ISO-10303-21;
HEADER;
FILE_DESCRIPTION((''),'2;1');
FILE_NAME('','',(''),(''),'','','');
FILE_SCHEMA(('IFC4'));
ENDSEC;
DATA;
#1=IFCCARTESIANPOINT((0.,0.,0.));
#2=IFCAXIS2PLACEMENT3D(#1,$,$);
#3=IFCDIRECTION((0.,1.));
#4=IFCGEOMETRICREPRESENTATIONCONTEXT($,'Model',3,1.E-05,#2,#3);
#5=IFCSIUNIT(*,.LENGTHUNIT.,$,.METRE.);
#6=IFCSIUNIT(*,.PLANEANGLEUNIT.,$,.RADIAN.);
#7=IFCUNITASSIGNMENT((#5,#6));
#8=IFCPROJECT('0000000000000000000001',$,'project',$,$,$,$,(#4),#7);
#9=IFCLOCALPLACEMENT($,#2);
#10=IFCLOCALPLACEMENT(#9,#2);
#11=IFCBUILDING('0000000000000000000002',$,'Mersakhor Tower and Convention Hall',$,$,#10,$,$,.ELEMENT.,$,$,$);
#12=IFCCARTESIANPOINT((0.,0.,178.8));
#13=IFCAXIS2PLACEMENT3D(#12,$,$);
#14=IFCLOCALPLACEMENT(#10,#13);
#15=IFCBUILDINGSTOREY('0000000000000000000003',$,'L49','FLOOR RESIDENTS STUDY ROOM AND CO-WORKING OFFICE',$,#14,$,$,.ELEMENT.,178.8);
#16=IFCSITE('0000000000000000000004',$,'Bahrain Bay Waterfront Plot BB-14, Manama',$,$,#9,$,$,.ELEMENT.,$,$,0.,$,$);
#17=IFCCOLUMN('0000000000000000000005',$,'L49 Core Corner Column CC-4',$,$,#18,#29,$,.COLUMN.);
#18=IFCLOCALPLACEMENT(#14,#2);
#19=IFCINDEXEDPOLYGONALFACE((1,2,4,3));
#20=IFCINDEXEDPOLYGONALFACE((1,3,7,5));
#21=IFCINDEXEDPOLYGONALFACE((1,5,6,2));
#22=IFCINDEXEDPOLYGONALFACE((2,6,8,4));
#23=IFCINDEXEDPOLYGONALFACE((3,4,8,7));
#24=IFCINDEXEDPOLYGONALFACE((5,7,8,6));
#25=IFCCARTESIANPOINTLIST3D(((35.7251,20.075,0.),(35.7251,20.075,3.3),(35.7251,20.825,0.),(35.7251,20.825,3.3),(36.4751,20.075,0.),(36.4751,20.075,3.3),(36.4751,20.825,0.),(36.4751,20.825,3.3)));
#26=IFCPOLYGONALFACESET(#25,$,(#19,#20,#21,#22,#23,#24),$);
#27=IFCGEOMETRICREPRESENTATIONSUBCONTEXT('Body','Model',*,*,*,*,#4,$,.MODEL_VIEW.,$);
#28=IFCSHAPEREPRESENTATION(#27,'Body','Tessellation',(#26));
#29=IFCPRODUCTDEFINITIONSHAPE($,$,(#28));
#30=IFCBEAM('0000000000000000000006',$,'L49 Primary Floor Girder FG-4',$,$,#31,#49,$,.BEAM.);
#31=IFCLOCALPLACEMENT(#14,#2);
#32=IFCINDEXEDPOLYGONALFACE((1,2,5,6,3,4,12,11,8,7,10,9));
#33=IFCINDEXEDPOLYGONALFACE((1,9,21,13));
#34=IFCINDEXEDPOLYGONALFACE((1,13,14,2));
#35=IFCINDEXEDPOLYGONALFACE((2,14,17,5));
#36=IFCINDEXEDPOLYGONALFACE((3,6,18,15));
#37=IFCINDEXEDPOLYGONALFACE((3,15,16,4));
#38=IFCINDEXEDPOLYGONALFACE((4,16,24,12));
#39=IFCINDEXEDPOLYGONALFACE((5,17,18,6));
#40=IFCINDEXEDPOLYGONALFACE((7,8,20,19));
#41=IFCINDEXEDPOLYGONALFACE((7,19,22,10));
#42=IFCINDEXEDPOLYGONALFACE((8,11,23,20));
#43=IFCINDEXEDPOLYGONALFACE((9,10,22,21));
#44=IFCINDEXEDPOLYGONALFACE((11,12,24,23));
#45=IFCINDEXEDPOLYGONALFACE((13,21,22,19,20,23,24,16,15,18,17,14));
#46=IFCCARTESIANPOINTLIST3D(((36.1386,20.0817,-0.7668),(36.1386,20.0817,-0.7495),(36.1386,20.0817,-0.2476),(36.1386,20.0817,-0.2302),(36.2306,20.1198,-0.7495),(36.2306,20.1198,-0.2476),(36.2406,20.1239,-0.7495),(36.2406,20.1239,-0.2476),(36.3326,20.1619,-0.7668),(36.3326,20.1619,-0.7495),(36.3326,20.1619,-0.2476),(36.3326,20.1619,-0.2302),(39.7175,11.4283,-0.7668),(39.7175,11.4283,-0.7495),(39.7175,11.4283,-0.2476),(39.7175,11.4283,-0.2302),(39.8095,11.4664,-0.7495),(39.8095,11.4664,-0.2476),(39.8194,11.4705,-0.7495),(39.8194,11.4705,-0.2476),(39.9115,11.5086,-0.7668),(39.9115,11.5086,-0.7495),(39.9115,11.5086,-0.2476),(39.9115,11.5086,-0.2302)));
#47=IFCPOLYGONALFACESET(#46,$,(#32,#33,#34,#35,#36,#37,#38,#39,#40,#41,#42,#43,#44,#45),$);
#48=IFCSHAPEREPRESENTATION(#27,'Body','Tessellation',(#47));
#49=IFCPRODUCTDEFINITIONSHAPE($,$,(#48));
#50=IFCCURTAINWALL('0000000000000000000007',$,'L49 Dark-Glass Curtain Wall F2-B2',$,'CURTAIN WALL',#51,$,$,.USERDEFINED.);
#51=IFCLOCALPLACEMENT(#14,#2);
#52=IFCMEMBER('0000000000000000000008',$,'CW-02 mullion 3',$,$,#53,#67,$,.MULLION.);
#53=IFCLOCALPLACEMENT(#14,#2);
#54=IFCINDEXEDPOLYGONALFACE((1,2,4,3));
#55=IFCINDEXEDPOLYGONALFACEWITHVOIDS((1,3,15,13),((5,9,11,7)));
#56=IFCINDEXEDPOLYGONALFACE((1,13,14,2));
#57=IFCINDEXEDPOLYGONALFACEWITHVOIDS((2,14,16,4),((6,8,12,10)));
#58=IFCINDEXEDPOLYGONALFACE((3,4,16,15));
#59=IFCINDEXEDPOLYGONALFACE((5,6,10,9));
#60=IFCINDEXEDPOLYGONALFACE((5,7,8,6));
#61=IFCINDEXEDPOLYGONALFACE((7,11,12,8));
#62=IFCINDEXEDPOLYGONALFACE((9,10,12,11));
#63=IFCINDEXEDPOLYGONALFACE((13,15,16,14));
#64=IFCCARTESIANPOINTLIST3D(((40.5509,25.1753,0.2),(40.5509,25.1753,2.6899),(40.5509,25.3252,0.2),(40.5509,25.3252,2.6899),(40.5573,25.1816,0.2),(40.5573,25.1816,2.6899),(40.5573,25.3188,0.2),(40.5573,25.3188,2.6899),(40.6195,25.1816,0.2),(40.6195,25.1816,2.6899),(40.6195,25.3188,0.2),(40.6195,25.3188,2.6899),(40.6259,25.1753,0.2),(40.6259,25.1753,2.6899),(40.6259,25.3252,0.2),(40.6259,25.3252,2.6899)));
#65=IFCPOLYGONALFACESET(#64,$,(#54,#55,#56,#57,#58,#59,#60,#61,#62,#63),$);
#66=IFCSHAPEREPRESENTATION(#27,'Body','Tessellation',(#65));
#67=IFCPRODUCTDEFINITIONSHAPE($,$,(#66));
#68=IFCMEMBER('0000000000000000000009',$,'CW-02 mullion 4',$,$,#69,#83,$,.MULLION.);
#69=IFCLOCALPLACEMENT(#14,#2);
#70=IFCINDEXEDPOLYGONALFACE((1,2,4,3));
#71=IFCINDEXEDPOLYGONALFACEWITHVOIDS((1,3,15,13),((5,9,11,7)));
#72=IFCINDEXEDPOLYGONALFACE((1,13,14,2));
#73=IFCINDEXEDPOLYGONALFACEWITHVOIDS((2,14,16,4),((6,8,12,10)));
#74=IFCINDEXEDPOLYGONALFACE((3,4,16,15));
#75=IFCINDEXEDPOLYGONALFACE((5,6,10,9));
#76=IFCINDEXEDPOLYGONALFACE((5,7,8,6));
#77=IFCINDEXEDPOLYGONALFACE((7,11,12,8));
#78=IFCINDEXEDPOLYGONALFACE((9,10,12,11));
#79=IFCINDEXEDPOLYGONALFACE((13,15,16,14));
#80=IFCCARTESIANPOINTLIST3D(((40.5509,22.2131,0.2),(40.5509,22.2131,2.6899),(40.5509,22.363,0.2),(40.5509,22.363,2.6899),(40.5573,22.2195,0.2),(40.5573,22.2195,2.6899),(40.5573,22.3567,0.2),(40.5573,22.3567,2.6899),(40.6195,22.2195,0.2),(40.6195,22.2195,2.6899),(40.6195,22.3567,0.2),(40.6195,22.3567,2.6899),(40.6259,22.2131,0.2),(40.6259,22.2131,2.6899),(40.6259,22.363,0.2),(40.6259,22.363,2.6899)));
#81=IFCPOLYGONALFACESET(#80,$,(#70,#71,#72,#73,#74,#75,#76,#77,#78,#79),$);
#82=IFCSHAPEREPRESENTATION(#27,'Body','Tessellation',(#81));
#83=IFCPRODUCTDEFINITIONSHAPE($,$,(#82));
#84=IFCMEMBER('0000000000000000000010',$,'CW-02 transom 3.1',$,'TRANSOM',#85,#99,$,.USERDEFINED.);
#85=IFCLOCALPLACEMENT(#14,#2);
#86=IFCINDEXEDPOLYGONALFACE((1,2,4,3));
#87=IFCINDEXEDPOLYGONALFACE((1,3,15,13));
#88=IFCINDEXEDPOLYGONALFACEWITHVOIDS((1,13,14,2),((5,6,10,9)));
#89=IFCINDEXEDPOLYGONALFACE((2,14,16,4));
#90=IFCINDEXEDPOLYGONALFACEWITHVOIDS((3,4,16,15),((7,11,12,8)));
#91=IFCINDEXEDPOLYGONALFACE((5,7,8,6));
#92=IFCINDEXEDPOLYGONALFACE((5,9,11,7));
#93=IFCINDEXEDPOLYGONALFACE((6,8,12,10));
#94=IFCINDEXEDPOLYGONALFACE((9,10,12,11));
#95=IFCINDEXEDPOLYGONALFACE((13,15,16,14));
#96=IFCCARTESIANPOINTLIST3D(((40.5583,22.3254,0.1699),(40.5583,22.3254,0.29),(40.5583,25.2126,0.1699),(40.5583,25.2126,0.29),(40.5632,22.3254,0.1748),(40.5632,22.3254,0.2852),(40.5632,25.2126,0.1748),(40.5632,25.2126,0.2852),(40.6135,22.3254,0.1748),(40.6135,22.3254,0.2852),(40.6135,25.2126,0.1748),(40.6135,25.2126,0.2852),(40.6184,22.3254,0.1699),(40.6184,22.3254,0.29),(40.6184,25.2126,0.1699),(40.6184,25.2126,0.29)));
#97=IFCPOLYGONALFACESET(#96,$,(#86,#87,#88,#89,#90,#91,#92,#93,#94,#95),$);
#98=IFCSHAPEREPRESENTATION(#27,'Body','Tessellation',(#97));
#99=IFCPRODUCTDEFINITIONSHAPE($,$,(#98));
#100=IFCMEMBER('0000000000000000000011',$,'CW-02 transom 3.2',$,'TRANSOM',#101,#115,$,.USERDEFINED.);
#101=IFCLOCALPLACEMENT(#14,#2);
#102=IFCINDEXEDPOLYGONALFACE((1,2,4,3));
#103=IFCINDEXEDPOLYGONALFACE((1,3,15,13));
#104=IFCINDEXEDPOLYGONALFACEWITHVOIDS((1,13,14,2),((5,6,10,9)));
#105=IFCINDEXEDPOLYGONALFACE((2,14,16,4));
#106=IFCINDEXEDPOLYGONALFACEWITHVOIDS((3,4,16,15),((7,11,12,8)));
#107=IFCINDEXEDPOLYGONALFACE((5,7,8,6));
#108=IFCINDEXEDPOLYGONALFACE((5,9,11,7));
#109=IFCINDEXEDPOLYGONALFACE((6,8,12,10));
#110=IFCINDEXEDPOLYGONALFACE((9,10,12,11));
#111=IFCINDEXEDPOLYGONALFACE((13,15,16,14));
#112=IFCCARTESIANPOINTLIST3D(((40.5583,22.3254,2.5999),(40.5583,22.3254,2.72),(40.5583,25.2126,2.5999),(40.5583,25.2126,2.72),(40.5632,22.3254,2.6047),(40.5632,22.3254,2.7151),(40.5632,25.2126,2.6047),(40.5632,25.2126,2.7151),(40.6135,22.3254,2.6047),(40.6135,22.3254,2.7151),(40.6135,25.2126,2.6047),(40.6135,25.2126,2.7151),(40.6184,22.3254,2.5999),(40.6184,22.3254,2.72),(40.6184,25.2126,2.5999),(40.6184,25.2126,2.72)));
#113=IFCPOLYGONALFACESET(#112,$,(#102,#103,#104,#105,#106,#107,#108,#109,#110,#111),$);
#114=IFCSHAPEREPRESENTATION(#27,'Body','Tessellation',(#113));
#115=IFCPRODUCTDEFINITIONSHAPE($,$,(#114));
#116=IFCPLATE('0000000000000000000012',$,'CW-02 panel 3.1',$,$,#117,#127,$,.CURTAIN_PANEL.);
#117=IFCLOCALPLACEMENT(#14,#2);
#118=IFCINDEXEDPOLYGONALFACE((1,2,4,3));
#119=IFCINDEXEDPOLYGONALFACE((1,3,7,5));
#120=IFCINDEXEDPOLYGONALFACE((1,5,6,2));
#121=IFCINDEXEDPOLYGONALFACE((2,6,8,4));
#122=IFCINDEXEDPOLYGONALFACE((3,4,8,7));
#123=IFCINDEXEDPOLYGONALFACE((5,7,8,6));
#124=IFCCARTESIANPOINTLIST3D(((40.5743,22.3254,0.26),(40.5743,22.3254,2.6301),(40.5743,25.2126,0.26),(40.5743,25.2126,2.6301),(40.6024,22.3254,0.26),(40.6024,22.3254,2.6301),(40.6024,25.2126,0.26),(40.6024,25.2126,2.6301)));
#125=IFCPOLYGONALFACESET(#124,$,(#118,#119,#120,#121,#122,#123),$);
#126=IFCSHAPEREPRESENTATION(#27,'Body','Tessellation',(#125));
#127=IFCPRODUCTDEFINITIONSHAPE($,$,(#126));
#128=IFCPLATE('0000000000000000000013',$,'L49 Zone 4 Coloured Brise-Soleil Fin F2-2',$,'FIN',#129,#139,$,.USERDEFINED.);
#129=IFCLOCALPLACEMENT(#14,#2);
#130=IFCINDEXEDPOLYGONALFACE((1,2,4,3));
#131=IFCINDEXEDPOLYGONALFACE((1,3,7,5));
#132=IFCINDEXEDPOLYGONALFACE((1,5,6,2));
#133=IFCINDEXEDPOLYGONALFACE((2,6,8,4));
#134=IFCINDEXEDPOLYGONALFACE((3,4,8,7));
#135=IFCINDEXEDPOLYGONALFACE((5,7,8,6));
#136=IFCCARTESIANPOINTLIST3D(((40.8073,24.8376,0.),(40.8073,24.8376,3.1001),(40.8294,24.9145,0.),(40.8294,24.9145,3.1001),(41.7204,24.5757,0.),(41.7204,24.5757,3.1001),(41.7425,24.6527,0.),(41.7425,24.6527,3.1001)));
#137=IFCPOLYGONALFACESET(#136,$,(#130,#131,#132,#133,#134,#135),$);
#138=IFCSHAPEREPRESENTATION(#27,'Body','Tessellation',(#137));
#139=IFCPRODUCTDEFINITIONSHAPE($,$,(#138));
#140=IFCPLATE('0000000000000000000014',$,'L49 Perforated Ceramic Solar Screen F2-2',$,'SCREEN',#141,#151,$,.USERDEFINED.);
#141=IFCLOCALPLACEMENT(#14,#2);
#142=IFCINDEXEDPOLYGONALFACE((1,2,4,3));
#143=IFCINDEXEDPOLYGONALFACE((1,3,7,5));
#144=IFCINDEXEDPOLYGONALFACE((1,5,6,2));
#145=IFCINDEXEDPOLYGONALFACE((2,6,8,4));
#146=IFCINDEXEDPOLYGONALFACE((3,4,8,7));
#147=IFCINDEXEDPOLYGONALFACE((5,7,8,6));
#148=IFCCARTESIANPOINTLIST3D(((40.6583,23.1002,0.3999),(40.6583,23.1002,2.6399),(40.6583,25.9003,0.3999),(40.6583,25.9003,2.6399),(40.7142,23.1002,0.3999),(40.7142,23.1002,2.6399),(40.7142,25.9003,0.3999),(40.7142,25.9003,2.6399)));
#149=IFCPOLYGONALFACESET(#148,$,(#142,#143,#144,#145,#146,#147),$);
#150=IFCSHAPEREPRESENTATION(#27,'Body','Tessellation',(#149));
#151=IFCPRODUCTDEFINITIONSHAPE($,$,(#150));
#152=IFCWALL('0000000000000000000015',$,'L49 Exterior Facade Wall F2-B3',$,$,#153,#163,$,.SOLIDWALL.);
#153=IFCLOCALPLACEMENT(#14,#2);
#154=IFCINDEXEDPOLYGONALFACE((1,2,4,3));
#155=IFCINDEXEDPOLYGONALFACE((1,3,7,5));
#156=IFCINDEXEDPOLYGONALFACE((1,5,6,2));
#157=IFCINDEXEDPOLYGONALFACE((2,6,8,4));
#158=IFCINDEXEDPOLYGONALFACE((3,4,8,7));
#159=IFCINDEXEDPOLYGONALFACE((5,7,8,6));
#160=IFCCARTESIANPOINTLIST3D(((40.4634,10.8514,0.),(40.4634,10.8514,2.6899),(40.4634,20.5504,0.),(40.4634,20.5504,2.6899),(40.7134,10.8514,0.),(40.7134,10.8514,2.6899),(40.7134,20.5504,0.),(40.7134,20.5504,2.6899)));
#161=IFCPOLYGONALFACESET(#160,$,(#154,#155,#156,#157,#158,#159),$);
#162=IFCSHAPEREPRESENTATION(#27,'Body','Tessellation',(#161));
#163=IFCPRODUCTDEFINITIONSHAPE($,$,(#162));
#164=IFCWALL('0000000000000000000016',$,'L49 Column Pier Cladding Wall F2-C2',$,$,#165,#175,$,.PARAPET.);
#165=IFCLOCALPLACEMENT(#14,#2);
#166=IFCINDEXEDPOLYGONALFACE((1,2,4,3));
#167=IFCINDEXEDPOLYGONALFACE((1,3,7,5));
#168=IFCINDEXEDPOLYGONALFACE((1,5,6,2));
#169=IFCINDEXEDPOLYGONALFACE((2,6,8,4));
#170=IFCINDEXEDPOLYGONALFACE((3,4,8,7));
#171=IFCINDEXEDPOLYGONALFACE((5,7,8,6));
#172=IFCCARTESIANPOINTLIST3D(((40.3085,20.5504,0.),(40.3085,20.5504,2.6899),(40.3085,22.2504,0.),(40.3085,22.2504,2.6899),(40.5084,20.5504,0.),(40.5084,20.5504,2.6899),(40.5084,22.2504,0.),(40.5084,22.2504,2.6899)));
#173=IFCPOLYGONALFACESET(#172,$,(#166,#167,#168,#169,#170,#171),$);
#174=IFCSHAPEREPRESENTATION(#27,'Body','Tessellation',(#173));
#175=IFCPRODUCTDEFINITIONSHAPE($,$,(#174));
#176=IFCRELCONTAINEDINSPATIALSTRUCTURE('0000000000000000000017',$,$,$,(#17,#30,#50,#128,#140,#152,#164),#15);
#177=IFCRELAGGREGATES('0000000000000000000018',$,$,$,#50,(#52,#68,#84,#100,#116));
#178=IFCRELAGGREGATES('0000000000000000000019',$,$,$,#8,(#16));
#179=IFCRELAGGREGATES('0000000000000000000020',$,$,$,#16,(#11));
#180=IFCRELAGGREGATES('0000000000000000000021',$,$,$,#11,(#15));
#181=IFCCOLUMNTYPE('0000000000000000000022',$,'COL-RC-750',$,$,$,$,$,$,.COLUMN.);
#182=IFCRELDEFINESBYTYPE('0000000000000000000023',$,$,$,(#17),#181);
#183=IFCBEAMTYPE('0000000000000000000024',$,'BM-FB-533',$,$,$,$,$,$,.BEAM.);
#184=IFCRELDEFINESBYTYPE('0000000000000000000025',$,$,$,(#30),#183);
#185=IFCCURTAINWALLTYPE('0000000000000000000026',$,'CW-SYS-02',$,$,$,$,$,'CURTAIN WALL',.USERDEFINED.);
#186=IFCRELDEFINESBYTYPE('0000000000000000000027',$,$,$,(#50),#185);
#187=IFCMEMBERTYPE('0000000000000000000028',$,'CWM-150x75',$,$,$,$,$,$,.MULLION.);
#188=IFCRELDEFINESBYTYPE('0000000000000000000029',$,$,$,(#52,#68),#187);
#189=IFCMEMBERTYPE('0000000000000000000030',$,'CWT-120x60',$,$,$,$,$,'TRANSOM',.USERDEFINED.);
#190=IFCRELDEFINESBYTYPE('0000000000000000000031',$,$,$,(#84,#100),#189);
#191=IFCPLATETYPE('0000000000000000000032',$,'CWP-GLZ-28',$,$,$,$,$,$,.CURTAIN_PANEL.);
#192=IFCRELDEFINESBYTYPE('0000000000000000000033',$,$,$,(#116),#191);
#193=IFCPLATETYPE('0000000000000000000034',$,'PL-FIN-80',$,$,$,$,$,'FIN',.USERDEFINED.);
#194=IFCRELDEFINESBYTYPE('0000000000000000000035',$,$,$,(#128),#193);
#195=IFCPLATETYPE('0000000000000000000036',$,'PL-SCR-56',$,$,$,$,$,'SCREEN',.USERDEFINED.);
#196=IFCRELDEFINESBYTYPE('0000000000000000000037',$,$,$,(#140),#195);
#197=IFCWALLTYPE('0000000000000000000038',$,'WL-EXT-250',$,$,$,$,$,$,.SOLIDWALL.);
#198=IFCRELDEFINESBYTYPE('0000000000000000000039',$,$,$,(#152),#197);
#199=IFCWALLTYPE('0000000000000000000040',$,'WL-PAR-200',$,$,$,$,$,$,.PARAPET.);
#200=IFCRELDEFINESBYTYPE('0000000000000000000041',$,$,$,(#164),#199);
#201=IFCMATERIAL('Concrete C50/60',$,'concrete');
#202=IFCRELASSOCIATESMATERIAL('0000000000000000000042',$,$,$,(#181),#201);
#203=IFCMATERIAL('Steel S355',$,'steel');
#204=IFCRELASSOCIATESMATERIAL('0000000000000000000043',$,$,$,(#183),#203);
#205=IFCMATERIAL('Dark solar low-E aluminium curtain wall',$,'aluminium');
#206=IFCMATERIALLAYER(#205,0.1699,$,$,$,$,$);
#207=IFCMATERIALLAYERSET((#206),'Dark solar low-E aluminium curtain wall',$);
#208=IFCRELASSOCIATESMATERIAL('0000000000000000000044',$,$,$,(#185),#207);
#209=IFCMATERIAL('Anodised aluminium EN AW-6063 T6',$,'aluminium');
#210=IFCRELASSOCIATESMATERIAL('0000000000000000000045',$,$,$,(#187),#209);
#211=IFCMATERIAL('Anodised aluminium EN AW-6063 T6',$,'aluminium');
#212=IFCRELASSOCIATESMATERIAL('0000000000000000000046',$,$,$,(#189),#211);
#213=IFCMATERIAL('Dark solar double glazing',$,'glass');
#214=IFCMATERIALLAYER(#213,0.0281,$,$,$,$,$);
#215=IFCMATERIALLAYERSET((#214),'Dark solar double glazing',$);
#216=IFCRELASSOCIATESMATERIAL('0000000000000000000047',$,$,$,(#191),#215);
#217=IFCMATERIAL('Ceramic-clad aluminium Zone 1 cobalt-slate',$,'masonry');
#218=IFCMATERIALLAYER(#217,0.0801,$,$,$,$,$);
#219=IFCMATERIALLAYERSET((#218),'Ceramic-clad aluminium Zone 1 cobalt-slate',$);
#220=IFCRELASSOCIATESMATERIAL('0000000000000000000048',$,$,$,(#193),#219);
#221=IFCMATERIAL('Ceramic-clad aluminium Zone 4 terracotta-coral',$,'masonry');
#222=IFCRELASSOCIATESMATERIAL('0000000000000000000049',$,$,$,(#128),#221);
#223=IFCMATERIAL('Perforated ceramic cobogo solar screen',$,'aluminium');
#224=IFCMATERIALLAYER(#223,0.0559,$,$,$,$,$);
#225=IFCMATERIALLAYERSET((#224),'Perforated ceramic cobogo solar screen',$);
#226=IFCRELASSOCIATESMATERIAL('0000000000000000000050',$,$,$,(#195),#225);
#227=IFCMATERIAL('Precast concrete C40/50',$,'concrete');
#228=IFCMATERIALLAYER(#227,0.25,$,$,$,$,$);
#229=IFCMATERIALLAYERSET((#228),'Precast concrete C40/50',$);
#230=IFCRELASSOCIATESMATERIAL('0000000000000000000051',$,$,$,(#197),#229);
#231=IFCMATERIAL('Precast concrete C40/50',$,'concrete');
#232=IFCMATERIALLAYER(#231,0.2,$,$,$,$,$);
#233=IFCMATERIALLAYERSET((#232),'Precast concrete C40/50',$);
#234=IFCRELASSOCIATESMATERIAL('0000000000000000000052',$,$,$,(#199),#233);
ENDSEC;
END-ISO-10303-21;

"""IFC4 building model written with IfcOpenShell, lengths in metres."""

from ifc_helpers import new_model, si_unit, direction, frame, frame_2d, origin, origin_2d, place, context, subcontext, project, spatial, rectangle, hollow_rectangle, i_section, extrude, material, layer, layer_set, material_profile, profile_set, type_object, element, aggregate, save


model = new_model("IFC4")

# Units and contexts
model_context = context("Model", 3, precision=1e-05, world=origin(), true_north=direction((0.0, 1.0)))
body_context = subcontext(model_context, "Body", "Model", "MODEL_VIEW")
ifc_project = project(units=[si_unit("LENGTHUNIT", "METRE"), si_unit("PLANEANGLEUNIT", "RADIAN")], contexts=[model_context])

# Site, building, storey
site_placement = place(None, origin())
site = spatial("IfcSite", under=ifc_project, at=site_placement, Name="Bahrain Bay Waterfront Plot BB-14, Manama", CompositionType="ELEMENT", RefElevation=0.0)
building_placement = place(site_placement, origin())
building = spatial("IfcBuilding", under=site, at=building_placement, Name="Mersakhor Tower and Convention Hall", CompositionType="ELEMENT")
storey_placement = place(building_placement, frame((0.0, 0.0, 178.8)))
storey = spatial("IfcBuildingStorey", under=building, at=storey_placement, Name="L49", Description="FLOOR RESIDENTS STUDY ROOM AND CO-WORKING OFFICE", CompositionType="ELEMENT", Elevation=178.8)

# Column
ifc_material_1 = material(Name="Concrete C50/60", Category="concrete")
ifc_material_profile_1 = material_profile(ifc_material_1, rectangle(XDim=0.75, YDim=0.75, at=origin_2d()), Name="RC 750x750")
ifc_profile_set_1 = profile_set([ifc_material_profile_1], Name="Concrete C50/60")
column_type = type_object("IfcColumnType", Name="COL-RC-750", PredefinedType="COLUMN", material=ifc_profile_set_1)
column_placement = place(storey_placement, frame((36.1001, 20.45, 0.0), z_axis=(0.0, 0.0, 1.0), x_axis=(1.0, 0.0, 0.0)))
element("IfcColumn", 1, at=column_placement, inside=storey, type_object=column_type, Name="L49 Core Corner Column CC-4", PredefinedType="COLUMN", context=body_context, shape_type="SweptSolid", body=[
    extrude(rectangle(XDim=0.75, YDim=0.75, at=origin_2d()), origin(), (0.0, 0.0, 1.0), 3.3),
])

# Beam
ifc_material_2 = material(Name="Steel S355", Category="steel")
ifc_material_profile_2 = material_profile(ifc_material_2, i_section(OverallWidth=0.21, OverallDepth=0.5366, WebThickness=0.0107, FlangeThickness=0.0173, at=origin_2d()), Name="UB 533x210x101")
ifc_profile_set_2 = profile_set([ifc_material_profile_2], Name="Steel S355")
beam_type = type_object("IfcBeamType", Name="BM-FB-533", PredefinedType="BEAM", material=ifc_profile_set_2)
beam_placement = place(storey_placement, frame((36.2356, 20.1218, -0.4985), z_axis=(0.382185, -0.924086, 0.0), x_axis=(0.924086, 0.382185, 0.0)))
element("IfcBeam", 2, at=beam_placement, inside=storey, type_object=beam_type, Name="L49 Primary Floor Girder FG-4", PredefinedType="BEAM", context=body_context, shape_type="SweptSolid", body=[
    extrude(i_section(OverallWidth=0.21, OverallDepth=0.5366, WebThickness=0.0107, FlangeThickness=0.0173, at=origin_2d()), origin(), (0.0, 0.0, 1.0), 9.3643),
])

# Curtain wall, members, plate
ifc_material_3 = material(Name="Dark solar low-E aluminium curtain wall", Category="aluminium")
ifc_layer_1 = layer(ifc_material_3, 0.1699)
ifc_layer_set_1 = layer_set([ifc_layer_1], Name="Dark solar low-E aluminium curtain wall")
curtain_wall_type = type_object("IfcCurtainWallType", Name="CW-SYS-02", ElementType="CURTAIN WALL", PredefinedType="USERDEFINED", material=ifc_layer_set_1)
curtain_wall_placement = place(storey_placement, origin())
curtain_wall = element("IfcCurtainWall", 3, at=curtain_wall_placement, inside=storey, type_object=curtain_wall_type, Name="L49 Dark-Glass Curtain Wall F2-B2", ObjectType="CURTAIN WALL", PredefinedType="USERDEFINED")
ifc_material_4 = material(Name="Anodised aluminium EN AW-6063 T6", Category="aluminium")
ifc_material_profile_3 = material_profile(ifc_material_4, hollow_rectangle(XDim=0.075, YDim=0.1499, WallThickness=0.0063, at=origin_2d()), Name="RHS 150x75x6.3")
ifc_profile_set_3 = profile_set([ifc_material_profile_3], Name="Anodised aluminium EN AW-6063 T6")
member_type_1 = type_object("IfcMemberType", Name="CWM-150x75", PredefinedType="MULLION", material=ifc_profile_set_3)
member_1_placement = place(storey_placement, frame((40.5884, 25.2502, 0.2), z_axis=(0.0, 0.0, 1.0), x_axis=(1.0, 0.0, 0.0)))
member_1 = element("IfcMember", 4, at=member_1_placement, type_object=member_type_1, Name="CW-02 mullion 3", PredefinedType="MULLION", context=body_context, shape_type="SweptSolid", body=[
    extrude(hollow_rectangle(XDim=0.075, YDim=0.1499, WallThickness=0.0063, at=origin_2d()), origin(), (0.0, 0.0, 1.0), 2.49),
])
member_2_placement = place(storey_placement, frame((40.5884, 22.2881, 0.2), z_axis=(0.0, 0.0, 1.0), x_axis=(1.0, 0.0, 0.0)))
member_2 = element("IfcMember", 5, at=member_2_placement, type_object=member_type_1, Name="CW-02 mullion 4", PredefinedType="MULLION", context=body_context, shape_type="SweptSolid", body=[
    extrude(hollow_rectangle(XDim=0.075, YDim=0.1499, WallThickness=0.0063, at=origin_2d()), origin(), (0.0, 0.0, 1.0), 2.49),
])
ifc_material_5 = material(Name="Anodised aluminium EN AW-6063 T6", Category="aluminium")
ifc_material_profile_4 = material_profile(ifc_material_5, hollow_rectangle(XDim=0.0601, YDim=0.1201, WallThickness=0.0049, at=origin_2d()), Name="RHS 120x60x5")
ifc_profile_set_4 = profile_set([ifc_material_profile_4], Name="Anodised aluminium EN AW-6063 T6")
member_type_2 = type_object("IfcMemberType", Name="CWT-120x60", ElementType="TRANSOM", PredefinedType="USERDEFINED", material=ifc_profile_set_4)
member_3_placement = place(storey_placement, frame((40.5884, 25.2126, 0.23), z_axis=(0.0, -1.0, 0.0), x_axis=(1.0, 0.0, 0.0)))
member_3 = element("IfcMember", 6, at=member_3_placement, type_object=member_type_2, Name="CW-02 transom 3.1", ObjectType="TRANSOM", PredefinedType="USERDEFINED", context=body_context, shape_type="SweptSolid", body=[
    extrude(hollow_rectangle(XDim=0.0601, YDim=0.1201, WallThickness=0.0049, at=origin_2d()), origin(), (0.0, 0.0, 1.0), 2.8872),
])
member_4_placement = place(storey_placement, frame((40.5884, 25.2126, 2.6599), z_axis=(0.0, -1.0, 0.0), x_axis=(1.0, 0.0, 0.0)))
member_4 = element("IfcMember", 7, at=member_4_placement, type_object=member_type_2, Name="CW-02 transom 3.2", ObjectType="TRANSOM", PredefinedType="USERDEFINED", context=body_context, shape_type="SweptSolid", body=[
    extrude(hollow_rectangle(XDim=0.0601, YDim=0.1201, WallThickness=0.0049, at=origin_2d()), origin(), (0.0, 0.0, 1.0), 2.8872),
])
ifc_material_6 = material(Name="Dark solar double glazing", Category="glass")
ifc_layer_2 = layer(ifc_material_6, 0.0281)
ifc_layer_set_2 = layer_set([ifc_layer_2], Name="Dark solar double glazing")
plate_type_1 = type_object("IfcPlateType", Name="CWP-GLZ-28", PredefinedType="CURTAIN_PANEL", material=ifc_layer_set_2)
plate_1_placement = place(storey_placement, frame((40.5884, 23.769, 0.26), z_axis=(0.0, 0.0, 1.0), x_axis=(0.0, -1.0, 0.0)))
plate_1 = element("IfcPlate", 8, at=plate_1_placement, type_object=plate_type_1, Name="CW-02 panel 3.1", PredefinedType="CURTAIN_PANEL", context=body_context, shape_type="SweptSolid", body=[
    extrude(rectangle(XDim=2.8872, YDim=0.0281, at=origin_2d()), origin(), (0.0, 0.0, 1.0), 2.3701),
])
aggregate(curtain_wall, [member_1, member_2, member_3, member_4, plate_1])

# Plates
ifc_material_7 = material(Name="Ceramic-clad aluminium Zone 4 terracotta-coral", Category="masonry")
ifc_material_8 = material(Name="Ceramic-clad aluminium Zone 1 cobalt-slate", Category="masonry")
ifc_layer_3 = layer(ifc_material_8, 0.0801)
ifc_layer_set_3 = layer_set([ifc_layer_3], Name="Ceramic-clad aluminium Zone 1 cobalt-slate")
plate_type_2 = type_object("IfcPlateType", Name="PL-FIN-80", ElementType="FIN", PredefinedType="USERDEFINED", material=ifc_layer_set_3)
plate_2_placement = place(storey_placement, frame((41.2749, 24.7451, 0.0), z_axis=(0.0, 0.0, 1.0), x_axis=(0.961262, -0.275637, 0.0)))
element("IfcPlate", 9, at=plate_2_placement, inside=storey, type_object=plate_type_2, material=ifc_material_7, Name="L49 Zone 4 Coloured Brise-Soleil Fin F2-2", ObjectType="FIN", PredefinedType="USERDEFINED", context=body_context, shape_type="SweptSolid", body=[
    extrude(rectangle(XDim=0.95, YDim=0.0801, at=origin_2d()), origin(), (0.0, 0.0, 1.0), 3.1001),
])
ifc_material_9 = material(Name="Perforated ceramic cobogo solar screen", Category="aluminium")
ifc_layer_4 = layer(ifc_material_9, 0.0559)
ifc_layer_set_4 = layer_set([ifc_layer_4], Name="Perforated ceramic cobogo solar screen")
plate_type_3 = type_object("IfcPlateType", Name="PL-SCR-56", ElementType="SCREEN", PredefinedType="USERDEFINED", material=ifc_layer_set_4)
plate_3_placement = place(storey_placement, frame((40.6863, 24.5002, 0.3999), z_axis=(0.0, 0.0, 1.0), x_axis=(0.0, -1.0, 0.0)))
element("IfcPlate", 10, at=plate_3_placement, inside=storey, type_object=plate_type_3, Name="L49 Perforated Ceramic Solar Screen F2-2", ObjectType="SCREEN", PredefinedType="USERDEFINED", context=body_context, shape_type="SweptSolid", body=[
    extrude(rectangle(XDim=2.8, YDim=0.0559, at=origin_2d()), origin(), (0.0, 0.0, 1.0), 2.24),
])

# Walls
ifc_material_10 = material(Name="Precast concrete C40/50", Category="concrete")
ifc_layer_5 = layer(ifc_material_10, 0.25)
ifc_layer_set_5 = layer_set([ifc_layer_5], Name="Precast concrete C40/50")
wall_type_1 = type_object("IfcWallType", Name="WL-EXT-250", PredefinedType="SOLIDWALL", material=ifc_layer_set_5)
wall_1_placement = place(storey_placement, frame((40.5884, 20.5505, 0.0), z_axis=(0.0, 0.0, 1.0), x_axis=(0.0, -1.0, 0.0)))
element("IfcWall", 11, at=wall_1_placement, inside=storey, type_object=wall_type_1, Name="L49 Exterior Facade Wall F2-B3", PredefinedType="SOLIDWALL", context=body_context, shape_type="SweptSolid", body=[
    extrude(rectangle(XDim=9.699, YDim=0.25, at=frame_2d((4.8496, 0.0))), origin(), (0.0, 0.0, 1.0), 2.6899),
])
ifc_material_11 = material(Name="Precast concrete C40/50", Category="concrete")
ifc_layer_6 = layer(ifc_material_11, 0.2)
ifc_layer_set_6 = layer_set([ifc_layer_6], Name="Precast concrete C40/50")
wall_type_2 = type_object("IfcWallType", Name="WL-PAR-200", PredefinedType="PARAPET", material=ifc_layer_set_6)
wall_2_placement = place(storey_placement, frame((40.4084, 22.2505, 0.0), z_axis=(0.0, 0.0, 1.0), x_axis=(0.0, -1.0, 0.0)))
element("IfcWall", 12, at=wall_2_placement, inside=storey, type_object=wall_type_2, Name="L49 Column Pier Cladding Wall F2-C2", PredefinedType="PARAPET", context=body_context, shape_type="SweptSolid", body=[
    extrude(rectangle(XDim=1.7, YDim=0.2, at=frame_2d((0.8501, 0.0))), origin(), (0.0, 0.0, 1.0), 2.6899),
])

save(model, "model.ifc")
